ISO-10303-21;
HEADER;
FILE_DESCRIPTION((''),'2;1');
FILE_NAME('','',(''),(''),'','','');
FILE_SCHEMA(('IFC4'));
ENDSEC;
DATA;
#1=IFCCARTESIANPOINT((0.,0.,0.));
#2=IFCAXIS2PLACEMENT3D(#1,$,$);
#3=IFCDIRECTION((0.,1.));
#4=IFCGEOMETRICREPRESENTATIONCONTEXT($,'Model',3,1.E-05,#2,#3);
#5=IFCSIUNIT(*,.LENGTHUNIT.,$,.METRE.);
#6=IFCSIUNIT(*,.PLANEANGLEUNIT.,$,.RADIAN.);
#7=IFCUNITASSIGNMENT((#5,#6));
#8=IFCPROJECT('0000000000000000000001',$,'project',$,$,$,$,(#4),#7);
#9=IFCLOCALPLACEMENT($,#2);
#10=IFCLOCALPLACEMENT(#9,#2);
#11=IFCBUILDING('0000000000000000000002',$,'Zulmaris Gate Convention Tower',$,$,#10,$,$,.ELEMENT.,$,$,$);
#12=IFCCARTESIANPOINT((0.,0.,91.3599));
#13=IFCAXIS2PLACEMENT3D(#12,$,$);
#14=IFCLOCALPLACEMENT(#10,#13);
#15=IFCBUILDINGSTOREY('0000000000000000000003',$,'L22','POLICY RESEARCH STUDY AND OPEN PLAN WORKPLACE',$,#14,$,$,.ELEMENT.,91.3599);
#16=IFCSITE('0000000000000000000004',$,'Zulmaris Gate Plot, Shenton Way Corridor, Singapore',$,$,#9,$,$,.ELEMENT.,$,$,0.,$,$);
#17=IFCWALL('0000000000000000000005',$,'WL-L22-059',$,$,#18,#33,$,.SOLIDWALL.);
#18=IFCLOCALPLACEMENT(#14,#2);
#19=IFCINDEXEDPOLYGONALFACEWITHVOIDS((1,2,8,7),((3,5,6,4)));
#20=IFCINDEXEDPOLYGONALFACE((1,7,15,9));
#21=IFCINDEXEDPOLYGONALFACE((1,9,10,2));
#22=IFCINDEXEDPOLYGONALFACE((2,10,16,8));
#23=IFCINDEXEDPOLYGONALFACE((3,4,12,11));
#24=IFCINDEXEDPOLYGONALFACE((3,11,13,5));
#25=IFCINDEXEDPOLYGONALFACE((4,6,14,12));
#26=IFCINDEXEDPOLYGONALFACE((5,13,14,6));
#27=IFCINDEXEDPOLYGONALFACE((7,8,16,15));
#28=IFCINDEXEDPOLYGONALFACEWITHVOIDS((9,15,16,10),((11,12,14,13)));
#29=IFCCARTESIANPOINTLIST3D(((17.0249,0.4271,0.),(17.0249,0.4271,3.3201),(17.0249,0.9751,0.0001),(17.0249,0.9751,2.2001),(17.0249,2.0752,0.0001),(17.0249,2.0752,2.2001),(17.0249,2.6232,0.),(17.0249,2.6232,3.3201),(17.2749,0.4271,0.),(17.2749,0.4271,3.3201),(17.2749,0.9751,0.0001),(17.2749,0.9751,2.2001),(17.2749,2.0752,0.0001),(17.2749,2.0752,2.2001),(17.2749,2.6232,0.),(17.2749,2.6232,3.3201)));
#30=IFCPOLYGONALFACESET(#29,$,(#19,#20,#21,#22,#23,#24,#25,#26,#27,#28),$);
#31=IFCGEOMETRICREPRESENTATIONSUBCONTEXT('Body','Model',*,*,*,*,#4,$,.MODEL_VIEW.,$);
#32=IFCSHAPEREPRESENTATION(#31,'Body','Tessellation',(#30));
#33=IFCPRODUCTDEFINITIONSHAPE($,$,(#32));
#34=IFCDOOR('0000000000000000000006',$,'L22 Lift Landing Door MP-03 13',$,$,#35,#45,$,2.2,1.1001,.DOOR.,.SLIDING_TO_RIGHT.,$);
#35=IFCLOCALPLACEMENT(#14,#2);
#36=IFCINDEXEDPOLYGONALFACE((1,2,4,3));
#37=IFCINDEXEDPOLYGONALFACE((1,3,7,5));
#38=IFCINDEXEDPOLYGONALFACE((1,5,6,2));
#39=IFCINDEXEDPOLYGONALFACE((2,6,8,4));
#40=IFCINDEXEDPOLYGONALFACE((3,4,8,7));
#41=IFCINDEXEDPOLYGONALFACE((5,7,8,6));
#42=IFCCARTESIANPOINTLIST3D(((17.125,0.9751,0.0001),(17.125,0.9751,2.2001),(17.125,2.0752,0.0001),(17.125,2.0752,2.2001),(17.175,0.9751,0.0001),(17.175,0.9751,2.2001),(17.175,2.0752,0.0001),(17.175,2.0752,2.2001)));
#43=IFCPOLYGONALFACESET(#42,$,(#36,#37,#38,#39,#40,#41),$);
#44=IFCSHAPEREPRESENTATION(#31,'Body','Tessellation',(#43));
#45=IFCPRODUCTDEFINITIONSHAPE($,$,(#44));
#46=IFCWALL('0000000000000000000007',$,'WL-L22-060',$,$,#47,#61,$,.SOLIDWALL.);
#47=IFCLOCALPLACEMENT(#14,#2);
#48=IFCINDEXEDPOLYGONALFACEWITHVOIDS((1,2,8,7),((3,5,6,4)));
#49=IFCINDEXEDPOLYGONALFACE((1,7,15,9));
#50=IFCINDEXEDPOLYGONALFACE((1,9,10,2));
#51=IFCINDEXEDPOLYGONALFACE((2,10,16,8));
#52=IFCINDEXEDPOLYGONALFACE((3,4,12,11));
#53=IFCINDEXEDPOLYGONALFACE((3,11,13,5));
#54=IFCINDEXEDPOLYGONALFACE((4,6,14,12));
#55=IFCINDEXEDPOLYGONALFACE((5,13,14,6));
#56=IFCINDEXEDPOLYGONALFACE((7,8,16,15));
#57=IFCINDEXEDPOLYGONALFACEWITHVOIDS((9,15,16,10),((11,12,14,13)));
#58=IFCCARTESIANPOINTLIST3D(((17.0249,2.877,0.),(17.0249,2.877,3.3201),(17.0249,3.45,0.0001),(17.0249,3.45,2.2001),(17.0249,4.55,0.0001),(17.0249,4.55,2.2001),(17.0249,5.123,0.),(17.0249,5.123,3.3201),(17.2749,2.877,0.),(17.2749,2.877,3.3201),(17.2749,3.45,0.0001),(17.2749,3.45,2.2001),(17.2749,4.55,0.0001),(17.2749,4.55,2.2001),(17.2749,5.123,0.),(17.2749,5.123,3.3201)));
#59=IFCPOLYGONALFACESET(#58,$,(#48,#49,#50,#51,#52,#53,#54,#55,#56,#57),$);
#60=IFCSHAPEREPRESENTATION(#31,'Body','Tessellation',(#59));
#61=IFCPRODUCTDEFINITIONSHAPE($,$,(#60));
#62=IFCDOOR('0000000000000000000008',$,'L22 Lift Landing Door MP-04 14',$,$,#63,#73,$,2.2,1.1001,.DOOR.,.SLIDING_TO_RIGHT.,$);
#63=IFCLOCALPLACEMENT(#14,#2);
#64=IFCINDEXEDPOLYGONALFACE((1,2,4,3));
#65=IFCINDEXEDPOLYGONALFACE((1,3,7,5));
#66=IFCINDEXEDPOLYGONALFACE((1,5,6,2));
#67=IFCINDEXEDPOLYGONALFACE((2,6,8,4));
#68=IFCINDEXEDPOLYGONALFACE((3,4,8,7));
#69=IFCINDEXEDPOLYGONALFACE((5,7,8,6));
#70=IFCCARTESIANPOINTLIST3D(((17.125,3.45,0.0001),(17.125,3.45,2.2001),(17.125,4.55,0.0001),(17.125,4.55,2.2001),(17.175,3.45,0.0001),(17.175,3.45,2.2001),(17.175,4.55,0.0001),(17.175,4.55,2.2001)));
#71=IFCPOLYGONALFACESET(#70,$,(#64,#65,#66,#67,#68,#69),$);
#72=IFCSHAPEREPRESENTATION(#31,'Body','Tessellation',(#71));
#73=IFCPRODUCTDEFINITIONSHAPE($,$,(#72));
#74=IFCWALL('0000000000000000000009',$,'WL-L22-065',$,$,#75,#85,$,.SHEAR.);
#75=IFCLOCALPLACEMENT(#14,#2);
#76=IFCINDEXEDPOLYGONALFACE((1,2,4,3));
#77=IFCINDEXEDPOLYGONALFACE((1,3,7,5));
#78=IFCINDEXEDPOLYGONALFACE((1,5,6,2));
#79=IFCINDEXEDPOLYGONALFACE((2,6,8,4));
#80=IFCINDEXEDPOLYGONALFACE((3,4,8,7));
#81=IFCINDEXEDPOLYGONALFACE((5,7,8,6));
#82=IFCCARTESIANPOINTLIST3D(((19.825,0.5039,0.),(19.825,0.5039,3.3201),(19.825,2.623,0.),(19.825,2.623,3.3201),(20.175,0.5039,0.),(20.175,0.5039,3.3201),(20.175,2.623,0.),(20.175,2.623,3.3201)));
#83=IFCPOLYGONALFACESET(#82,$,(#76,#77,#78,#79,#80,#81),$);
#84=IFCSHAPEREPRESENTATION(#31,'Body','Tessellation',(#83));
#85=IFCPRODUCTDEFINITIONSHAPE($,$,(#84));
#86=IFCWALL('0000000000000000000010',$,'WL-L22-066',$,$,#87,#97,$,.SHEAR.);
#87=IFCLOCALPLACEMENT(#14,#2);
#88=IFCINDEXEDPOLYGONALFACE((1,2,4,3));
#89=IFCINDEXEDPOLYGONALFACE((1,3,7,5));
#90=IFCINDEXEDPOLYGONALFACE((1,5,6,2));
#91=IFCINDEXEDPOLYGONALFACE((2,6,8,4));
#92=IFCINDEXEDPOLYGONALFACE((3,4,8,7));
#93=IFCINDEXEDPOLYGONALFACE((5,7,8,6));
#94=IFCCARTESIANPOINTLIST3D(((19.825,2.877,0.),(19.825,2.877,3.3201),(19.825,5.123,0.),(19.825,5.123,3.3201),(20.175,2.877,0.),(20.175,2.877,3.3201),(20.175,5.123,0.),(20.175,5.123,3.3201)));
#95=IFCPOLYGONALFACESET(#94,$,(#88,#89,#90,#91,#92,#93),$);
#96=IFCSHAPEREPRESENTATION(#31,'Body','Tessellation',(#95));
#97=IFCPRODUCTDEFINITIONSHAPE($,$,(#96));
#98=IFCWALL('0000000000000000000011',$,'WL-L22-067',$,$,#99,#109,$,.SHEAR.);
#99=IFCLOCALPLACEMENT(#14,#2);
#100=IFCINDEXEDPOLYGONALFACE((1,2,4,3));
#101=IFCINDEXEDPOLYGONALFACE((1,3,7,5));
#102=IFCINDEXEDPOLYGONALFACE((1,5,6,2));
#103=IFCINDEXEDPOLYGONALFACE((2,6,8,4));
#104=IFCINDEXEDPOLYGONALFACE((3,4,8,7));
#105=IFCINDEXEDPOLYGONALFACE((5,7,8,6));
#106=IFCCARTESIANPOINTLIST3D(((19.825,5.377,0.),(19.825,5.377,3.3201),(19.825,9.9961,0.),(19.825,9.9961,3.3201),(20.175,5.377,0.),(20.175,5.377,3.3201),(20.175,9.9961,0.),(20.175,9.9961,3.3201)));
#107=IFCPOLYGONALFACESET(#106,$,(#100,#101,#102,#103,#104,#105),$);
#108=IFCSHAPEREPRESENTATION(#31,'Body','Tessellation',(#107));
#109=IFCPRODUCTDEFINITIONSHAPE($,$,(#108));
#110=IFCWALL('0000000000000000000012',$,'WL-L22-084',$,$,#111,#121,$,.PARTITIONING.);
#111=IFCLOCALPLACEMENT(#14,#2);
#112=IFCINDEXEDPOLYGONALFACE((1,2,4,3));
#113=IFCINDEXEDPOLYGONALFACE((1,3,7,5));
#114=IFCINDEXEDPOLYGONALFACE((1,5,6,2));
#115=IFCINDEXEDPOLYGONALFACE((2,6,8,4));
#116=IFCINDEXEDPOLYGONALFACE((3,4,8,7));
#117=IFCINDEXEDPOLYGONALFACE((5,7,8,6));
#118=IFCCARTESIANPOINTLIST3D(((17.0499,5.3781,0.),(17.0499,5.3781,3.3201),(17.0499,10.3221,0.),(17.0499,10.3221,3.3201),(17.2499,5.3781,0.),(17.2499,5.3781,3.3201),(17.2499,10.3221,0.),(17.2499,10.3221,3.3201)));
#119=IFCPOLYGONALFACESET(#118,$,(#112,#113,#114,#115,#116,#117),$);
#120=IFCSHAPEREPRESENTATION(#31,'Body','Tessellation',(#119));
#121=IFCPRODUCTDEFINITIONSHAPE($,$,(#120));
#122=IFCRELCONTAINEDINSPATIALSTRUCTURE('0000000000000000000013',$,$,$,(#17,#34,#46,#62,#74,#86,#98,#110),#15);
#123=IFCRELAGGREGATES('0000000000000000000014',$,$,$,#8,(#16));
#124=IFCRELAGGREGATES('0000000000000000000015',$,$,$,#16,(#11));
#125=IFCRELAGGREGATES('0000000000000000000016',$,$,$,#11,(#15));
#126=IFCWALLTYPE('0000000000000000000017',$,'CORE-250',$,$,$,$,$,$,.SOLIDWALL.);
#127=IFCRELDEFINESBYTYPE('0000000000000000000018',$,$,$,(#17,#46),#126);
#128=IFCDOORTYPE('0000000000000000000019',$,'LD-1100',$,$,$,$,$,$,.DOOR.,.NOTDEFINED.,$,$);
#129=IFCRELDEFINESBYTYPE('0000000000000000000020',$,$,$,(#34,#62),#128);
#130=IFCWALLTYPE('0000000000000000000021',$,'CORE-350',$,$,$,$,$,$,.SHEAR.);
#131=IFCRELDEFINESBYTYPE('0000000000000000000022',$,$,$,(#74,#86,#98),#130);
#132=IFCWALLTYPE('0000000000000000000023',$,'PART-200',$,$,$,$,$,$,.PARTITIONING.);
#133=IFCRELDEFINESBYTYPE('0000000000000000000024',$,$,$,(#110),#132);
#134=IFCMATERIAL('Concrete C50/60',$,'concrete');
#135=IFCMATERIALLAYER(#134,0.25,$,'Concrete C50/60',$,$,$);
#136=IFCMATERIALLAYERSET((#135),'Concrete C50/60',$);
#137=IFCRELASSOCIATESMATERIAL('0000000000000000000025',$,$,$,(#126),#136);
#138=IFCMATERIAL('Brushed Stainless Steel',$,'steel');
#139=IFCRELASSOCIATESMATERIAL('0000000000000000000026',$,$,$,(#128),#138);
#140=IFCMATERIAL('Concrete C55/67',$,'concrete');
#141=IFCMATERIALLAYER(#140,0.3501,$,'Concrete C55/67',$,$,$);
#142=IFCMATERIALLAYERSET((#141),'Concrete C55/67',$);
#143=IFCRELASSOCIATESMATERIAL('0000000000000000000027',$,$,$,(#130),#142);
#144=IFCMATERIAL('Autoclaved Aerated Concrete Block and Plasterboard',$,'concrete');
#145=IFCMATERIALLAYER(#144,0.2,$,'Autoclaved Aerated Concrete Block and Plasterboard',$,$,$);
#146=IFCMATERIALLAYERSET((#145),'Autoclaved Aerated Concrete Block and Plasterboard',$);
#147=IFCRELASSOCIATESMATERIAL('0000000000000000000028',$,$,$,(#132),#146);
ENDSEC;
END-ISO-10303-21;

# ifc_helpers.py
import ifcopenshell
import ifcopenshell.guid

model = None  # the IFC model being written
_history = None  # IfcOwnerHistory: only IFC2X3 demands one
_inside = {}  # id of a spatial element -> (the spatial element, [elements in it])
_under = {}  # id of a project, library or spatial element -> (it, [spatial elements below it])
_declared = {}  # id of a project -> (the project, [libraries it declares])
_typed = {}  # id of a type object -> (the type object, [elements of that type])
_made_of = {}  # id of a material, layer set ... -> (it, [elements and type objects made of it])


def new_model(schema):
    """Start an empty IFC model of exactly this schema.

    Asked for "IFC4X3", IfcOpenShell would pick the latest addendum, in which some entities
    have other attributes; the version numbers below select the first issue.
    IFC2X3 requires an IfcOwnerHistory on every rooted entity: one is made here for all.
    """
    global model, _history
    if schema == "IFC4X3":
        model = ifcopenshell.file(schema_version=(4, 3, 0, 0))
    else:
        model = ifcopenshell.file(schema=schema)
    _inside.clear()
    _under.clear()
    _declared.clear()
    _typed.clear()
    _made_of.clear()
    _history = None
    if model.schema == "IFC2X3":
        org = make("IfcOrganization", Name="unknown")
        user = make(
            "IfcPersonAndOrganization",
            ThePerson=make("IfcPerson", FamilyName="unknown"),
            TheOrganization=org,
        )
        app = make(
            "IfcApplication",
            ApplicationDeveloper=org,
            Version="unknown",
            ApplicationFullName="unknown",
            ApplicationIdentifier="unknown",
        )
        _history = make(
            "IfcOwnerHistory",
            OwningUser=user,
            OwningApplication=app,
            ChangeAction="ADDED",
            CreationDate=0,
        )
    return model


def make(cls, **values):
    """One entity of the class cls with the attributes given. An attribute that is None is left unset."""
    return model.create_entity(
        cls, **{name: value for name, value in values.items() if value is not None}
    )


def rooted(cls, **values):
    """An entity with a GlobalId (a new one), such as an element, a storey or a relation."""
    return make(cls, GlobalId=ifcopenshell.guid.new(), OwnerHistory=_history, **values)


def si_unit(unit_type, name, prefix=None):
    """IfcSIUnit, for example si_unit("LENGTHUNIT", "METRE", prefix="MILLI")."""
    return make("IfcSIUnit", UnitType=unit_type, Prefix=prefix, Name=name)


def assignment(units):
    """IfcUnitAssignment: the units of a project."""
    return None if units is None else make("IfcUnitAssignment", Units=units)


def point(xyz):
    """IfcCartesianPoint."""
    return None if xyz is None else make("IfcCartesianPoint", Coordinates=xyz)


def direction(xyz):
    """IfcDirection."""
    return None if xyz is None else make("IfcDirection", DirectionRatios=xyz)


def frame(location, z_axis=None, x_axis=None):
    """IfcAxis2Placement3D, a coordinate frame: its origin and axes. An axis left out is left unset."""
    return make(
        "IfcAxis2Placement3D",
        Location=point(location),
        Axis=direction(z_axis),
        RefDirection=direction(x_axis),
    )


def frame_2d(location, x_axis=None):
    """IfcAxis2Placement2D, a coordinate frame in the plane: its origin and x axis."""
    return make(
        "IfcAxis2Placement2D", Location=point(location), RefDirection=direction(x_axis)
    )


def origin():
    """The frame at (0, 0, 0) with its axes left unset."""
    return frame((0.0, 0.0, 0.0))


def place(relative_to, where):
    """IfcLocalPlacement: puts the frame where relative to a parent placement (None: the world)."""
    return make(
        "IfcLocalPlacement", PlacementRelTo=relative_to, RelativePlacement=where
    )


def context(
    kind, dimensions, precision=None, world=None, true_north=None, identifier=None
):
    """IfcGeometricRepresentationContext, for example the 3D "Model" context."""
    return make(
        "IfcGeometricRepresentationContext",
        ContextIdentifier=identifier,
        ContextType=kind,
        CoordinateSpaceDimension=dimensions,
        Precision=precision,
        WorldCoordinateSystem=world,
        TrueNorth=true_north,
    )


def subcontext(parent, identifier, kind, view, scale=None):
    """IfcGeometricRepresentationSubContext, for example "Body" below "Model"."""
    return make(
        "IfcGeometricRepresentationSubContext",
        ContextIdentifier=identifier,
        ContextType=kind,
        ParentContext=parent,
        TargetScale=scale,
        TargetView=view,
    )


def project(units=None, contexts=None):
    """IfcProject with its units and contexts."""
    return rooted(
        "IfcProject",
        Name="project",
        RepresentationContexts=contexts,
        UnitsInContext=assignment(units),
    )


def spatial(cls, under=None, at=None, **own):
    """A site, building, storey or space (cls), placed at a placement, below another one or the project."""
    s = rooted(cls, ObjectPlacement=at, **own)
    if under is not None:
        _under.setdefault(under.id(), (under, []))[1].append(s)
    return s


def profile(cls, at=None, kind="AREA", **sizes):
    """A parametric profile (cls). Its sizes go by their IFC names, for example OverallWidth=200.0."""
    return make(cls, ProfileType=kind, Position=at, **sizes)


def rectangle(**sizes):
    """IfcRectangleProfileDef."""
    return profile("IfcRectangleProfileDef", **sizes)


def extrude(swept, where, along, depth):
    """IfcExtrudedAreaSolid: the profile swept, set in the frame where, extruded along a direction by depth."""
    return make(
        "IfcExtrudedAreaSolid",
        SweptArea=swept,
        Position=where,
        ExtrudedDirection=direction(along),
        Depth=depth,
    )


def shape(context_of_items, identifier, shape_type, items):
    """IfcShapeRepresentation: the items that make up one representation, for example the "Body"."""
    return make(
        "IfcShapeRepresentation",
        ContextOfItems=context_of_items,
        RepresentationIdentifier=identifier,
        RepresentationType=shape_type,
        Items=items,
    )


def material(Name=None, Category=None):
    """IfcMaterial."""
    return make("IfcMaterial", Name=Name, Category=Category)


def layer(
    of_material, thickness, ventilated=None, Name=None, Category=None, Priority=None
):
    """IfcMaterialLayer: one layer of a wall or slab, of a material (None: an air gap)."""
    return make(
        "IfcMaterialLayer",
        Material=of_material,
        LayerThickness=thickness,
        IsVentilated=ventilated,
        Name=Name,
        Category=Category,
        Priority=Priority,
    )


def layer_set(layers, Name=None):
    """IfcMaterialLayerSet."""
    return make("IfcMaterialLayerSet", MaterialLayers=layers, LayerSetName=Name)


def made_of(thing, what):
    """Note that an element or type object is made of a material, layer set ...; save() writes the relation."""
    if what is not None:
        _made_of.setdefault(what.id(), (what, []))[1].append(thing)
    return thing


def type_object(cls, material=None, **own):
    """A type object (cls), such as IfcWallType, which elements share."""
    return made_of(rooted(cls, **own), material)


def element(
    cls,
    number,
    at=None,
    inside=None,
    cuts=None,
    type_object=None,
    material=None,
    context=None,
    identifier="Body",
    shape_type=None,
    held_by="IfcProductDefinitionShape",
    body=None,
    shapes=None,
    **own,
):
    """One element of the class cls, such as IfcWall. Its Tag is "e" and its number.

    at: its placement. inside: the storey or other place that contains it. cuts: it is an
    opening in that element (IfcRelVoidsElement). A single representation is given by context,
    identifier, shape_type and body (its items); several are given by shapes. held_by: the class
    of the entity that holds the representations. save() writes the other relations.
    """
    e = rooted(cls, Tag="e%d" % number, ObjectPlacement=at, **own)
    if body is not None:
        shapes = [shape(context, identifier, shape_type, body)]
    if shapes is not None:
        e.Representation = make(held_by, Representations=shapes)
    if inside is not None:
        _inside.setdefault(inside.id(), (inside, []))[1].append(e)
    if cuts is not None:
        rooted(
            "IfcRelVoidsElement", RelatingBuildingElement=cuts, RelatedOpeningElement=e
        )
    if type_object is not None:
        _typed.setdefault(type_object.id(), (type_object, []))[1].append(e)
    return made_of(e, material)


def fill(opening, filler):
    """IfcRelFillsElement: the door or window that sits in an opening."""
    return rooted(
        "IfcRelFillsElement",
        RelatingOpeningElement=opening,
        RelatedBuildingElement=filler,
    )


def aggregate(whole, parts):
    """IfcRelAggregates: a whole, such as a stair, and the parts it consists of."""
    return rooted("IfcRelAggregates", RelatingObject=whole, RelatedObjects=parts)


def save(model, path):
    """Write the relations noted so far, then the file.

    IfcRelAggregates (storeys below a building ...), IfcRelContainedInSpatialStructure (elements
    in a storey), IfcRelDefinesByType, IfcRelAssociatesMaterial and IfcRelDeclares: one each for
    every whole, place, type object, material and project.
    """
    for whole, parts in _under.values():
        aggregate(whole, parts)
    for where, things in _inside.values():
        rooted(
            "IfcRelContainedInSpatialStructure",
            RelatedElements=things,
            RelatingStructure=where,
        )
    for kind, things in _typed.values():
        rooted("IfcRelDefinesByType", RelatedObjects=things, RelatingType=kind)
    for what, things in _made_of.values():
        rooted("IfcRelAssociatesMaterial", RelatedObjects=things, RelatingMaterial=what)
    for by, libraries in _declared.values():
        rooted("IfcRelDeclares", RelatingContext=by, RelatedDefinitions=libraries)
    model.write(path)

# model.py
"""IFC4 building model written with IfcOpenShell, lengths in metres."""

from ifc_helpers import new_model, si_unit, direction, frame, frame_2d, origin, place, context, subcontext, project, spatial, rectangle, extrude, material, layer, layer_set, type_object, element, fill, save


model = new_model("IFC4")

# Units and contexts
model_context = context("Model", 3, precision=1e-05, world=origin(), true_north=direction((0.0, 1.0)))
body_context = subcontext(model_context, "Body", "Model", "MODEL_VIEW")
ifc_project = project(units=[si_unit("LENGTHUNIT", "METRE"), si_unit("PLANEANGLEUNIT", "RADIAN")], contexts=[model_context])

# Site, building, storey
site_placement = place(None, origin())
site = spatial("IfcSite", under=ifc_project, at=site_placement, Name="Zulmaris Gate Plot, Shenton Way Corridor, Singapore", CompositionType="ELEMENT", RefElevation=0.0)
building_placement = place(site_placement, origin())
building = spatial("IfcBuilding", under=site, at=building_placement, Name="Zulmaris Gate Convention Tower", CompositionType="ELEMENT")
storey_placement = place(building_placement, frame((0.0, 0.0, 91.3599)))
storey = spatial("IfcBuildingStorey", under=building, at=storey_placement, Name="L22", Description="POLICY RESEARCH STUDY AND OPEN PLAN WORKPLACE", CompositionType="ELEMENT", Elevation=91.3599)

# Shared definitions
ifc_material_1 = material(Name="Concrete C50/60", Category="concrete")
ifc_layer_1 = layer(ifc_material_1, 0.25, Name="Concrete C50/60")
ifc_layer_set_1 = layer_set([ifc_layer_1], Name="Concrete C50/60")
wall_type_1 = type_object("IfcWallType", Name="CORE-250", PredefinedType="SOLIDWALL", material=ifc_layer_set_1)

# Walls, openings, doors
wall_1_placement = place(storey_placement, frame((17.1499, 0.427, 0.0), z_axis=(0.0, 0.0, 1.0), x_axis=(0.0, 1.0, 0.0)))
wall_1 = element("IfcWall", 1, at=wall_1_placement, inside=storey, type_object=wall_type_1, Name="WL-L22-059", PredefinedType="SOLIDWALL", context=body_context, shape_type="SweptSolid", body=[
    extrude(rectangle(XDim=2.196, YDim=0.25, at=frame_2d((1.0981, 0.0))), origin(), (0.0, 0.0, 1.0), 3.3201),
])
opening_1_placement = place(wall_1_placement, frame((0.5481, 0.0, 0.0)))
opening_1 = element("IfcOpeningElement", 2, at=opening_1_placement, cuts=wall_1, PredefinedType="OPENING", context=body_context, shape_type="SweptSolid", body=[
    extrude(rectangle(XDim=1.1001, YDim=2.2, at=frame_2d((0.55, 1.1001))), frame((0.0, 0.135, 0.0), z_axis=(0.0, -1.0, 0.0), x_axis=(1.0, 0.0, 0.0)), (0.0, 0.0, 1.0), 0.27),
])
ifc_material_2 = material(Name="Brushed Stainless Steel", Category="steel")
door_type = type_object("IfcDoorType", Name="LD-1100", OperationType="NOTDEFINED", PredefinedType="DOOR", material=ifc_material_2)
door_1_placement = place(opening_1_placement, origin())
door_1 = element("IfcDoor", 3, at=door_1_placement, inside=storey, type_object=door_type, Name="L22 Lift Landing Door MP-03 13", OperationType="SLIDING_TO_RIGHT", OverallHeight=2.2, OverallWidth=1.1001, PredefinedType="DOOR", context=body_context, shape_type="SweptSolid", body=[
    extrude(rectangle(XDim=1.1001, YDim=2.2, at=frame_2d((0.55, 1.1001))), frame((0.0, 0.0249, 0.0), z_axis=(0.0, -1.0, 0.0), x_axis=(1.0, 0.0, 0.0)), (0.0, 0.0, 1.0), 0.05),
])
fill(opening_1, door_1)
wall_2_placement = place(storey_placement, frame((17.1499, 2.877, 0.0), z_axis=(0.0, 0.0, 1.0), x_axis=(0.0, 1.0, 0.0)))
wall_2 = element("IfcWall", 4, at=wall_2_placement, inside=storey, type_object=wall_type_1, Name="WL-L22-060", PredefinedType="SOLIDWALL", context=body_context, shape_type="SweptSolid", body=[
    extrude(rectangle(XDim=2.2461, YDim=0.25, at=frame_2d((1.123, 0.0))), origin(), (0.0, 0.0, 1.0), 3.3201),
])
opening_2_placement = place(wall_2_placement, frame((0.573, 0.0, 0.0)))
opening_2 = element("IfcOpeningElement", 5, at=opening_2_placement, cuts=wall_2, PredefinedType="OPENING", context=body_context, shape_type="SweptSolid", body=[
    extrude(rectangle(XDim=1.1001, YDim=2.2, at=frame_2d((0.55, 1.1001))), frame((0.0, 0.135, 0.0), z_axis=(0.0, -1.0, 0.0), x_axis=(1.0, 0.0, 0.0)), (0.0, 0.0, 1.0), 0.27),
])
door_2_placement = place(opening_2_placement, origin())
door_2 = element("IfcDoor", 6, at=door_2_placement, inside=storey, type_object=door_type, Name="L22 Lift Landing Door MP-04 14", OperationType="SLIDING_TO_RIGHT", OverallHeight=2.2, OverallWidth=1.1001, PredefinedType="DOOR", context=body_context, shape_type="SweptSolid", body=[
    extrude(rectangle(XDim=1.1001, YDim=2.2, at=frame_2d((0.55, 1.1001))), frame((0.0, 0.0249, 0.0), z_axis=(0.0, -1.0, 0.0), x_axis=(1.0, 0.0, 0.0)), (0.0, 0.0, 1.0), 0.05),
])
fill(opening_2, door_2)

# Walls
ifc_material_3 = material(Name="Concrete C55/67", Category="concrete")
ifc_layer_2 = layer(ifc_material_3, 0.3501, Name="Concrete C55/67")
ifc_layer_set_2 = layer_set([ifc_layer_2], Name="Concrete C55/67")
wall_type_2 = type_object("IfcWallType", Name="CORE-350", PredefinedType="SHEAR", material=ifc_layer_set_2)
wall_3_placement = place(storey_placement, frame((20.0, 0.5039, 0.0), z_axis=(0.0, 0.0, 1.0), x_axis=(0.0, 1.0, 0.0)))
element("IfcWall", 7, at=wall_3_placement, inside=storey, type_object=wall_type_2, Name="WL-L22-065", PredefinedType="SHEAR", context=body_context, shape_type="SweptSolid", body=[
    extrude(rectangle(XDim=2.1191, YDim=0.3501, at=frame_2d((1.0596, 0.0))), origin(), (0.0, 0.0, 1.0), 3.3201),
])
wall_4_placement = place(storey_placement, frame((20.0, 2.877, 0.0), z_axis=(0.0, 0.0, 1.0), x_axis=(0.0, 1.0, 0.0)))
element("IfcWall", 8, at=wall_4_placement, inside=storey, type_object=wall_type_2, Name="WL-L22-066", PredefinedType="SHEAR", context=body_context, shape_type="SweptSolid", body=[
    extrude(rectangle(XDim=2.2461, YDim=0.3501, at=frame_2d((1.123, 0.0))), origin(), (0.0, 0.0, 1.0), 3.3201),
])
wall_5_placement = place(storey_placement, frame((20.0, 5.377, 0.0), z_axis=(0.0, 0.0, 1.0), x_axis=(0.0, 1.0, 0.0)))
element("IfcWall", 9, at=wall_5_placement, inside=storey, type_object=wall_type_2, Name="WL-L22-067", PredefinedType="SHEAR", context=body_context, shape_type="SweptSolid", body=[
    extrude(rectangle(XDim=4.6191, YDim=0.3501, at=frame_2d((2.3096, 0.0))), origin(), (0.0, 0.0, 1.0), 3.3201),
])
ifc_material_4 = material(Name="Autoclaved Aerated Concrete Block and Plasterboard", Category="concrete")
ifc_layer_3 = layer(ifc_material_4, 0.2, Name="Autoclaved Aerated Concrete Block and Plasterboard")
ifc_layer_set_3 = layer_set([ifc_layer_3], Name="Autoclaved Aerated Concrete Block and Plasterboard")
wall_type_3 = type_object("IfcWallType", Name="PART-200", PredefinedType="PARTITIONING", material=ifc_layer_set_3)
wall_6_placement = place(storey_placement, frame((17.1499, 5.3779, 0.0), z_axis=(0.0, 0.0, 1.0), x_axis=(0.0, 1.0, 0.0)))
element("IfcWall", 10, at=wall_6_placement, inside=storey, type_object=wall_type_3, Name="WL-L22-084", PredefinedType="PARTITIONING", context=body_context, shape_type="SweptSolid", body=[
    extrude(rectangle(XDim=4.9441, YDim=0.2, at=frame_2d((2.4722, 0.0))), origin(), (0.0, 0.0, 1.0), 3.3201),
])

save(model, "model.ifc")
